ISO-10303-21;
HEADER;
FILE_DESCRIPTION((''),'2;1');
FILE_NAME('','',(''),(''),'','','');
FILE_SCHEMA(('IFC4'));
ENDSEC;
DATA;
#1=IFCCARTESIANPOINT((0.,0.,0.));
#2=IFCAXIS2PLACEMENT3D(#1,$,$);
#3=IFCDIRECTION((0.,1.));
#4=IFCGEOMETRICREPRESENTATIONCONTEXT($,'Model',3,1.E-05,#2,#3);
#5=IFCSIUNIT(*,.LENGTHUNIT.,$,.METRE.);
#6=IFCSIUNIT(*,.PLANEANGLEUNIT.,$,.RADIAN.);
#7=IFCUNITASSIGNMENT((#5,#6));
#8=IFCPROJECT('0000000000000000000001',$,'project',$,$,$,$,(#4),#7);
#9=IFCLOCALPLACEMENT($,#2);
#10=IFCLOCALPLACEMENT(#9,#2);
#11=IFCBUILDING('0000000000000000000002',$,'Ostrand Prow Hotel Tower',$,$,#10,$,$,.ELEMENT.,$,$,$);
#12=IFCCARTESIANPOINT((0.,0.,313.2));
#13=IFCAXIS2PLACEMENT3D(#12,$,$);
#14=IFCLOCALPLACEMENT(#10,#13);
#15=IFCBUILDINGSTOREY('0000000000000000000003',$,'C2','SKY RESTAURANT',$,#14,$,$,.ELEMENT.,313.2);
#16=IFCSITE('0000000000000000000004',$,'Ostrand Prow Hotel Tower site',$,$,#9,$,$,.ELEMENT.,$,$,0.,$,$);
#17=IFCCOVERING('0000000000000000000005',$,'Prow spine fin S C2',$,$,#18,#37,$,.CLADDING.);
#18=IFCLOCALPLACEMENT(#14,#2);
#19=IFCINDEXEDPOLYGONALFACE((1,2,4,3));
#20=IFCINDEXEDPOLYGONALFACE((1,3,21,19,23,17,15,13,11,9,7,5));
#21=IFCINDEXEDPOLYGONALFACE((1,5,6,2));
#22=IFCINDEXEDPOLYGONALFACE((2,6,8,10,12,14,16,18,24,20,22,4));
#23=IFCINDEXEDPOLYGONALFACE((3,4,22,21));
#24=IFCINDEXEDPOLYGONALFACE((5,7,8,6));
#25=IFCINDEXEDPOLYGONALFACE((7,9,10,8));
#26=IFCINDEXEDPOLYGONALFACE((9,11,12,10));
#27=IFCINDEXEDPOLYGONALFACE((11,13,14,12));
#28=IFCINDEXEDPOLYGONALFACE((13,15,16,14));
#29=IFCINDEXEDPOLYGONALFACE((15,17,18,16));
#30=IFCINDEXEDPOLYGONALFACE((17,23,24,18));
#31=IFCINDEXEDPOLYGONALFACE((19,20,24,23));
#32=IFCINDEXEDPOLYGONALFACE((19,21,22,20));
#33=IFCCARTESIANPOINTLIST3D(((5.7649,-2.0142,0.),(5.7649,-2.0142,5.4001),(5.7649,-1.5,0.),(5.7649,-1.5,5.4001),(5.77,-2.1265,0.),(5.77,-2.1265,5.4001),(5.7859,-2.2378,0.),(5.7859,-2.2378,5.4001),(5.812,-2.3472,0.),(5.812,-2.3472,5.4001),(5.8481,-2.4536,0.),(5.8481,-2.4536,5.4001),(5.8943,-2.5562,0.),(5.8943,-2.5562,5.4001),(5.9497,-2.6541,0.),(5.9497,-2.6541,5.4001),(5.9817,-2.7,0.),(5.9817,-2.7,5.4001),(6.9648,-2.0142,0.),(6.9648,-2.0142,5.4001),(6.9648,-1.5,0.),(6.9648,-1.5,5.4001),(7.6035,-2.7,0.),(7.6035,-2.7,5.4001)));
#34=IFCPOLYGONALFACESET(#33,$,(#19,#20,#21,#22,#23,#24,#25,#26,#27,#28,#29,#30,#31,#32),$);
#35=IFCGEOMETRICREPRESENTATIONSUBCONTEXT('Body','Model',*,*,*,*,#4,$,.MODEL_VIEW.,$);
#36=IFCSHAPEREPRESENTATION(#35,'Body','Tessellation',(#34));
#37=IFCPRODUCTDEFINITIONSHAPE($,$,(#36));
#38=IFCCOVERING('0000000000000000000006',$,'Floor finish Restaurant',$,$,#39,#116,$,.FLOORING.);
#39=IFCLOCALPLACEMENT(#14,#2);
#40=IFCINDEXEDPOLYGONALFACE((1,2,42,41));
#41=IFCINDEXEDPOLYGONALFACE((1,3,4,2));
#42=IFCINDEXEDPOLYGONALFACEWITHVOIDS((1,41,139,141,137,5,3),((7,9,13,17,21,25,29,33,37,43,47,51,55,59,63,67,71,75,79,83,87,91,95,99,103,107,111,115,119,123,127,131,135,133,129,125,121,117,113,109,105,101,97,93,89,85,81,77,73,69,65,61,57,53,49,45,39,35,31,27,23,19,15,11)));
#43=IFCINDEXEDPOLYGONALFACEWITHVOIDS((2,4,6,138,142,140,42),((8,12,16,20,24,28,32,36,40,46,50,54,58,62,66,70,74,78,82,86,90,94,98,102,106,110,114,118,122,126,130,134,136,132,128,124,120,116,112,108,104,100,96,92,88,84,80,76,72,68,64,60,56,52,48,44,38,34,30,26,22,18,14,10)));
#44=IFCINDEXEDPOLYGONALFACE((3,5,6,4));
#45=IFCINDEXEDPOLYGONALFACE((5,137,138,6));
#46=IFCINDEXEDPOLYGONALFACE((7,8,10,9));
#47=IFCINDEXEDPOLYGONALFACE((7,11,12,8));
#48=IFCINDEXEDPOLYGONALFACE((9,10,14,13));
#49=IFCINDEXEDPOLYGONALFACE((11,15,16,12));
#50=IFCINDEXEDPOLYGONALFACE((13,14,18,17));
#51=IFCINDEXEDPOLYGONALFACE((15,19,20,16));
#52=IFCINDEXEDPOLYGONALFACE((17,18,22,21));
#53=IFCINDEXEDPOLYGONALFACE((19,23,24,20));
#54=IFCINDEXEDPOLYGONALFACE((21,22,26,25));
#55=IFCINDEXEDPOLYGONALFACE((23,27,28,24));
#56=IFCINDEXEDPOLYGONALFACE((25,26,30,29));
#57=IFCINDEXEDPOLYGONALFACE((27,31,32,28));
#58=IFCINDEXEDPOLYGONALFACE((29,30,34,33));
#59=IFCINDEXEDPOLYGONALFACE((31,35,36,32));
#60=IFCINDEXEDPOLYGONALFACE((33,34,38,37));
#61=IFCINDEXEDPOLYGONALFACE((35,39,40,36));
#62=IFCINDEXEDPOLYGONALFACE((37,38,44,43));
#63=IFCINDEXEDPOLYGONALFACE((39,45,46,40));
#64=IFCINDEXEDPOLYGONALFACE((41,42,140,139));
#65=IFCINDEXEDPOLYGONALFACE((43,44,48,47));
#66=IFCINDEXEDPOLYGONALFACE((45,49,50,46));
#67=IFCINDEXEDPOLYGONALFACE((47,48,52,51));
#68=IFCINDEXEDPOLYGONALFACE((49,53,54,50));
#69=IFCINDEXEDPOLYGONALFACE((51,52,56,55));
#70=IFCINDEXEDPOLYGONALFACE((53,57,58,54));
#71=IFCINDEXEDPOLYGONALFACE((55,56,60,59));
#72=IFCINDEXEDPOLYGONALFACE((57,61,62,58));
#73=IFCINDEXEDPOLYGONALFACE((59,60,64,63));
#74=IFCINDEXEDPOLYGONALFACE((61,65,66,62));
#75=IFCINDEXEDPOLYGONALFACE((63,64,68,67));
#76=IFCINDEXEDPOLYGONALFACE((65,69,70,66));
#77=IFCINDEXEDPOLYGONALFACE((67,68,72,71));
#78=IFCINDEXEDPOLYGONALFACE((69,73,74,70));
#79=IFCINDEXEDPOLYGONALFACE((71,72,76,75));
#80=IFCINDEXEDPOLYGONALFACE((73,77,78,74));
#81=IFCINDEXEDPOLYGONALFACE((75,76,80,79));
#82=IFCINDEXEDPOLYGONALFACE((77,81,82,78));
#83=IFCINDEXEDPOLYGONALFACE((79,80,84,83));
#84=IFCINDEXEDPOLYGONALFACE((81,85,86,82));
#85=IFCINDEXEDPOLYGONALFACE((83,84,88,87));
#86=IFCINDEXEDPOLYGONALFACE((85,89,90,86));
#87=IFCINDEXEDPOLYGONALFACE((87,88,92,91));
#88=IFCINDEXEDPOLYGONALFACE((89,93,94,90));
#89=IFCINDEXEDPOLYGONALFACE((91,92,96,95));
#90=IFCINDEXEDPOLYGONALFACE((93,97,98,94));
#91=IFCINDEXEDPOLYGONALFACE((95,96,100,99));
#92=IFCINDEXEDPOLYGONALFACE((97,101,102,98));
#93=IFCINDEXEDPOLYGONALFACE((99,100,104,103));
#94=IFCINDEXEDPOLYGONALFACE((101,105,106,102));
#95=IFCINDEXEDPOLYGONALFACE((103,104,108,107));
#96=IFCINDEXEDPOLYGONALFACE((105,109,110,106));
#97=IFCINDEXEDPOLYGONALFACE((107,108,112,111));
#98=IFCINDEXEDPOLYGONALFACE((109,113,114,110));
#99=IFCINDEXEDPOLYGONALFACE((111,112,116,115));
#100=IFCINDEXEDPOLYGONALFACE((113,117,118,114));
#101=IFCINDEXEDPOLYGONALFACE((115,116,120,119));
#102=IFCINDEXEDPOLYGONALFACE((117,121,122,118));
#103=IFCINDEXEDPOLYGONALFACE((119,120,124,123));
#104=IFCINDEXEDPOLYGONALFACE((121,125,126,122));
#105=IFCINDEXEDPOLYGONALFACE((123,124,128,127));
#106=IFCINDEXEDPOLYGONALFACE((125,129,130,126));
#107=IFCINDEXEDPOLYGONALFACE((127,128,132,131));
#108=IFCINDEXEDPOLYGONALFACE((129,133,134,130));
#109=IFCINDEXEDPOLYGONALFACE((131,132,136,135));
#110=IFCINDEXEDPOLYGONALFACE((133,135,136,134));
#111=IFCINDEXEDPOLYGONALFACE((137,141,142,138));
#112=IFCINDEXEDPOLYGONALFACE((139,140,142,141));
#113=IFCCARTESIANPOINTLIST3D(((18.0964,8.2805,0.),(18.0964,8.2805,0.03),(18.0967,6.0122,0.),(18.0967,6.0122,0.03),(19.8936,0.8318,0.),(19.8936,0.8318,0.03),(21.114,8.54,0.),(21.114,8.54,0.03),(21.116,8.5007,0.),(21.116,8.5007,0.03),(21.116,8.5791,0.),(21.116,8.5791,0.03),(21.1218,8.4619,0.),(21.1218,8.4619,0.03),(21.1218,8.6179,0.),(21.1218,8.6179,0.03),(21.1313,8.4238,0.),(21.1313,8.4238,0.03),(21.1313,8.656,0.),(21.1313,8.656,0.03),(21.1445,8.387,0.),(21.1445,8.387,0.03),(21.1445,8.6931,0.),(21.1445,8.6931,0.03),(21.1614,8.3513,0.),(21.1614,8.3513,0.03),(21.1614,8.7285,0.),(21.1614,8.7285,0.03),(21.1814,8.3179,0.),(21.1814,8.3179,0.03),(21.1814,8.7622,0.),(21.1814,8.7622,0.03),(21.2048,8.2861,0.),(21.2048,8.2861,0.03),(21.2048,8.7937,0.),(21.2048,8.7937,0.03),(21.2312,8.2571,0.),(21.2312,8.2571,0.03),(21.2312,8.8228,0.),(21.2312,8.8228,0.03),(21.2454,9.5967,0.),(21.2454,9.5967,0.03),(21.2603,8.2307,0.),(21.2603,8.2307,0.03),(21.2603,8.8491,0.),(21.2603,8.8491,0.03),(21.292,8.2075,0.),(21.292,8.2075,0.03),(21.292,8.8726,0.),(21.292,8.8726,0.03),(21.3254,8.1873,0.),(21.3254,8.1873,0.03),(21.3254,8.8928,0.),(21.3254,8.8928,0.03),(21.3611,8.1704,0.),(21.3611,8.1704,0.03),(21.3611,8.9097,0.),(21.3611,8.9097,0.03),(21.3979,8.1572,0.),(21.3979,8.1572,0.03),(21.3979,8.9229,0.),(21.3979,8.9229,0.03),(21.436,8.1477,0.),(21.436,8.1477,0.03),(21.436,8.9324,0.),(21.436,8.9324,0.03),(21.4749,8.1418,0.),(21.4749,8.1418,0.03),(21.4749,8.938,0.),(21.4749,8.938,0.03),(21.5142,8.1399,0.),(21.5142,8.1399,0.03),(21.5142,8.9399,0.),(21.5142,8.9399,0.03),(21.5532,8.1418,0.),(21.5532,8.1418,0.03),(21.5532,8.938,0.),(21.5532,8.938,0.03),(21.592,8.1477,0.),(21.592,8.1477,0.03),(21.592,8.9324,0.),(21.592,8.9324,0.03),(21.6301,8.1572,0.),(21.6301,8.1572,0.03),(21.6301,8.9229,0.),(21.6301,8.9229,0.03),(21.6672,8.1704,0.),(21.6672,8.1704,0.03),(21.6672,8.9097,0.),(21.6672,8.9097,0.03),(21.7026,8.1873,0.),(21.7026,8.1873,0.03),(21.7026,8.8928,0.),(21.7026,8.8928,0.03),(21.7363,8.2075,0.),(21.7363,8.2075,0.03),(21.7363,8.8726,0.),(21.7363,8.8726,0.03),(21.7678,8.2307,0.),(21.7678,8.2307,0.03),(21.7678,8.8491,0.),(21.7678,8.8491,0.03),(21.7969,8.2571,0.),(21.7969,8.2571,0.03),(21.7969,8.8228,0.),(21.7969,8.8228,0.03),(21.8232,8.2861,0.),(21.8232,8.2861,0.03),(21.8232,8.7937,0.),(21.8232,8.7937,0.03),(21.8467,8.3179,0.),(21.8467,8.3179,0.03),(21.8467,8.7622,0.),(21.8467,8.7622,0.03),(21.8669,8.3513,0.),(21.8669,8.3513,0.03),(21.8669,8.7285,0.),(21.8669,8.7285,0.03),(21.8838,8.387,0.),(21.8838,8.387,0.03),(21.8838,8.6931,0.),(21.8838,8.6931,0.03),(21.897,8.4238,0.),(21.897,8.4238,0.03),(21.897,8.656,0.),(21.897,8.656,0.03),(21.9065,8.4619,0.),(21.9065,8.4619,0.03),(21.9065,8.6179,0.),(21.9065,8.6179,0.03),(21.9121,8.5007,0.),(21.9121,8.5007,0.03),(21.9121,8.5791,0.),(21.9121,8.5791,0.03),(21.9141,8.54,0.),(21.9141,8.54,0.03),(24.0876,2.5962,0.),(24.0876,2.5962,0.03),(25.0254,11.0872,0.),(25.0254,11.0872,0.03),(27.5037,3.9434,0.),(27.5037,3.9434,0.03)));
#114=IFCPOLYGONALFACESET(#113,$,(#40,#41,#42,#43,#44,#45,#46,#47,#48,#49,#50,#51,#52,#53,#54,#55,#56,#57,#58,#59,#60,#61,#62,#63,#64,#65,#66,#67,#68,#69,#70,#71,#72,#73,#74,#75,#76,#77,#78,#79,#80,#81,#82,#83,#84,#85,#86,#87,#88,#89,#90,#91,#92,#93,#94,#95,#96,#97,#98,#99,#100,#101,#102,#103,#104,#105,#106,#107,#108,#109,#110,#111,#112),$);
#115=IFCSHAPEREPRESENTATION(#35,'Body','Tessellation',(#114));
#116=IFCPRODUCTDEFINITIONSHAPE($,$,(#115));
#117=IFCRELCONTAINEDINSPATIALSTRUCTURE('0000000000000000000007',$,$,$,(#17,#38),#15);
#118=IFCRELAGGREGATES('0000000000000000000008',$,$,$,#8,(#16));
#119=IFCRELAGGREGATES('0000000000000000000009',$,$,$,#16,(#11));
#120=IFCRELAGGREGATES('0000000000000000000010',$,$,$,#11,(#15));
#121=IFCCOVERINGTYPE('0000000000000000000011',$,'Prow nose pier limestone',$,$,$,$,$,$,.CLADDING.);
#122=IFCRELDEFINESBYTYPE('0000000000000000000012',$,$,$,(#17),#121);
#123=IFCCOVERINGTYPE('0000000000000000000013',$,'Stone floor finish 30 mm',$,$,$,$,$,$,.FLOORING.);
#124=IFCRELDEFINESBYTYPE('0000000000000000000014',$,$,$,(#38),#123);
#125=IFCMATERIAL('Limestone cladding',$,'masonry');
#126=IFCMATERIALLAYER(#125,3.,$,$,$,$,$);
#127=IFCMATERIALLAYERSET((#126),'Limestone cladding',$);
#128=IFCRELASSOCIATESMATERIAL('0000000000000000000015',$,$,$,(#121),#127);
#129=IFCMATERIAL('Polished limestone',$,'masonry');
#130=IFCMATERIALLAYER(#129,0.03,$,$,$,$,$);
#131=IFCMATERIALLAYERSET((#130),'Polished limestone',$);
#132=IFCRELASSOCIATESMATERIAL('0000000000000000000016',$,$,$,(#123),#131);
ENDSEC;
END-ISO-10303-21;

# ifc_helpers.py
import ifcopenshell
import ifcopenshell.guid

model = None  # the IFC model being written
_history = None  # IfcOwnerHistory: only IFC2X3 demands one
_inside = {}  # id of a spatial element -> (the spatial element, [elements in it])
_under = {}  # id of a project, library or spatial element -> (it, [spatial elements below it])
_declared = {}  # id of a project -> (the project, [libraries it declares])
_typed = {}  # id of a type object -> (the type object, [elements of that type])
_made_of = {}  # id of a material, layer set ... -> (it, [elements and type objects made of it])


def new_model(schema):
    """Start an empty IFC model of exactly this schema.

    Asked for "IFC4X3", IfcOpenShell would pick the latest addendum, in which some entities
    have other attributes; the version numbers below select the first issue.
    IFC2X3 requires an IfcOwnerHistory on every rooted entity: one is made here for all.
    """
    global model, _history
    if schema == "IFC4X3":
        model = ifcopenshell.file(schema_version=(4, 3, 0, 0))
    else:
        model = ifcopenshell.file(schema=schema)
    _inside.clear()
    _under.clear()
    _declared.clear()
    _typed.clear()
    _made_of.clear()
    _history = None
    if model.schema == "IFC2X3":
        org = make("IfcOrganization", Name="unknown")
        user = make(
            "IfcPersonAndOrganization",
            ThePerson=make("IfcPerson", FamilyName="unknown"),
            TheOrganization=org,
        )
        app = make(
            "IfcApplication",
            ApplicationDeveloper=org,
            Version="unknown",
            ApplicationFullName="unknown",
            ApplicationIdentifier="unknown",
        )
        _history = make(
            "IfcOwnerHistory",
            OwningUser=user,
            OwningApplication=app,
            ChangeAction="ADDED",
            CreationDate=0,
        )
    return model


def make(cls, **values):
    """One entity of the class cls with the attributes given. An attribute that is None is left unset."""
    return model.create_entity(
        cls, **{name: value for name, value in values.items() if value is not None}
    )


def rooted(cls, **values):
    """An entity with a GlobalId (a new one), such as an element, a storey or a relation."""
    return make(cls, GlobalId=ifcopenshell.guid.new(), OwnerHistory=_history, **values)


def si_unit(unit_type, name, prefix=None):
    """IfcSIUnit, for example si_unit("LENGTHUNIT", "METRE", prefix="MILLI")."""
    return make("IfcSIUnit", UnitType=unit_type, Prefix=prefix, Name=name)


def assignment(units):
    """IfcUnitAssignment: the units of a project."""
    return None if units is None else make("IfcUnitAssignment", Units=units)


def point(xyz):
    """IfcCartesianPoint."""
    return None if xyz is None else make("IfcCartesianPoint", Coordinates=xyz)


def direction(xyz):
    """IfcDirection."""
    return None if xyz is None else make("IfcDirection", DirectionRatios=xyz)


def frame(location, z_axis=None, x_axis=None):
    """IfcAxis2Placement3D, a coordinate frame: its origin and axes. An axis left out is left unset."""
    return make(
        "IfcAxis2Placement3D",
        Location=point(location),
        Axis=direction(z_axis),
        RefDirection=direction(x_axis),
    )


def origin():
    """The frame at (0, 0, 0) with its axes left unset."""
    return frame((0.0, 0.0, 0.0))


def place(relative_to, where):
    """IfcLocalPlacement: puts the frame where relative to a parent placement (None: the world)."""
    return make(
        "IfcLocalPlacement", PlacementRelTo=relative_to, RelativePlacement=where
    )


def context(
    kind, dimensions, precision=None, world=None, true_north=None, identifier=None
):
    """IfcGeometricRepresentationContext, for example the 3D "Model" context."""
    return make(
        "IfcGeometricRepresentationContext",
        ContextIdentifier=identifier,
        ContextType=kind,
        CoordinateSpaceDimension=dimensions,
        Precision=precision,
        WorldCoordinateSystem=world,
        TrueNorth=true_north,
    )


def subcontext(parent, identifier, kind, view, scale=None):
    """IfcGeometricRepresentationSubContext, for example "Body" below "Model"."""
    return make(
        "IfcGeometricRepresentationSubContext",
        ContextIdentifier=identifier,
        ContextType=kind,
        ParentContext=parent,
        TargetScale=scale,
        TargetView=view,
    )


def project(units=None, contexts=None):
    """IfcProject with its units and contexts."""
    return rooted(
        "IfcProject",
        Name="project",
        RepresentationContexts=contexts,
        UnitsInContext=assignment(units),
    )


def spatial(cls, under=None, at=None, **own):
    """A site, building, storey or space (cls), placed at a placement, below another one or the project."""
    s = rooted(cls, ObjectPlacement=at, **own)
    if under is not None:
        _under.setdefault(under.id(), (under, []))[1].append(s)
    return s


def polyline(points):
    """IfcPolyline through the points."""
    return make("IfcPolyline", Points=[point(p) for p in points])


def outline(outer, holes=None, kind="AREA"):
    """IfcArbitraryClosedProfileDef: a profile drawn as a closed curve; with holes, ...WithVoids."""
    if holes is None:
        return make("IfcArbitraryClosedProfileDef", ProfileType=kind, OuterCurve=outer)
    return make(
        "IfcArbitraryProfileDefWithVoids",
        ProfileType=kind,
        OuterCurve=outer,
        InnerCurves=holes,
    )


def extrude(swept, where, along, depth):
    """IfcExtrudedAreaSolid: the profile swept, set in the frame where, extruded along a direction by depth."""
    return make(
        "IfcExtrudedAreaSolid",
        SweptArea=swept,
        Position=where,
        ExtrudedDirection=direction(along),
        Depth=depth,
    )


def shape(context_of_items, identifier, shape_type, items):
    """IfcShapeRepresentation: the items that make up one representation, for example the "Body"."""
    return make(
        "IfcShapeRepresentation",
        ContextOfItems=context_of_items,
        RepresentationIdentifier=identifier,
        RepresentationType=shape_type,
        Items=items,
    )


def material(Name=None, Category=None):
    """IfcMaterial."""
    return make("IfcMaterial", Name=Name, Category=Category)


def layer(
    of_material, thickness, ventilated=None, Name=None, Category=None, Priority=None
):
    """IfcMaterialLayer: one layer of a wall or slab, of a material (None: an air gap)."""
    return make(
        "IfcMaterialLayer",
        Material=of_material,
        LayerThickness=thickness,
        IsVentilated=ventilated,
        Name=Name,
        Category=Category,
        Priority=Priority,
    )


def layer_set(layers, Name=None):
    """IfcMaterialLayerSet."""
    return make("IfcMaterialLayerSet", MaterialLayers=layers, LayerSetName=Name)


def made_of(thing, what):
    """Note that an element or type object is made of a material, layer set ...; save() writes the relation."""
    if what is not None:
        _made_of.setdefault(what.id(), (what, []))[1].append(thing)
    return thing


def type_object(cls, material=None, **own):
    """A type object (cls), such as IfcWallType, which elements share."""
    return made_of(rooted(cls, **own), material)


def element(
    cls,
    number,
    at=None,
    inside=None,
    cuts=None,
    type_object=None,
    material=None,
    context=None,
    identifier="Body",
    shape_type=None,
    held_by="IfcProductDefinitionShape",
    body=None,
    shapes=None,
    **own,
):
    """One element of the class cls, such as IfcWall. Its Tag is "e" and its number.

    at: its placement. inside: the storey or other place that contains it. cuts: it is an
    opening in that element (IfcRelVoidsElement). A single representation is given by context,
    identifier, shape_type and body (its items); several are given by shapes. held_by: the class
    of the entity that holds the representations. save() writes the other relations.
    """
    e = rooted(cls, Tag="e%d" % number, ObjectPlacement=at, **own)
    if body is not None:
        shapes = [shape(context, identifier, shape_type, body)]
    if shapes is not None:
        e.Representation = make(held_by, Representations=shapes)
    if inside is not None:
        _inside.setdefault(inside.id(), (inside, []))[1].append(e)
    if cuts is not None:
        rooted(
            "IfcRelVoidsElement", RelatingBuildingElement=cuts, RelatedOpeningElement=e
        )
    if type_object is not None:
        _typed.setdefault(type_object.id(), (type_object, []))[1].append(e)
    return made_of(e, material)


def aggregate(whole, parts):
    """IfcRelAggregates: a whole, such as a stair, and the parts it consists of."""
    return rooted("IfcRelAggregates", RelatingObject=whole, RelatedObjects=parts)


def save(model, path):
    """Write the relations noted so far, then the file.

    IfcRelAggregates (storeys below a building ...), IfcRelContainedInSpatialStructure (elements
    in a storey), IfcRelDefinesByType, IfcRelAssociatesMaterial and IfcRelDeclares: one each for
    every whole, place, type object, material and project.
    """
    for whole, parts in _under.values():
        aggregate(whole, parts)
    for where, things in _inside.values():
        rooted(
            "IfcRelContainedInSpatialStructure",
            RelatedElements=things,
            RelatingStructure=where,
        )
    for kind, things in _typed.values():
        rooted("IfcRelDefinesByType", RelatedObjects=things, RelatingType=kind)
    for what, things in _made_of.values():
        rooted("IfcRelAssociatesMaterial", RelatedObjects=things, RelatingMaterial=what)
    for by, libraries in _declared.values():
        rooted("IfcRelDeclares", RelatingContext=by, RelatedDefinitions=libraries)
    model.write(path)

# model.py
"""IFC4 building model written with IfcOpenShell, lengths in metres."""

from ifc_helpers import new_model, si_unit, direction, frame, origin, place, context, subcontext, project, spatial, polyline, outline, extrude, material, layer, layer_set, type_object, element, save


model = new_model("IFC4")

# Units and contexts
model_context = context("Model", 3, precision=1e-05, world=origin(), true_north=direction((0.0, 1.0)))
body_context = subcontext(model_context, "Body", "Model", "MODEL_VIEW")
ifc_project = project(units=[si_unit("LENGTHUNIT", "METRE"), si_unit("PLANEANGLEUNIT", "RADIAN")], contexts=[model_context])

# Site, building, storey
site_placement = place(None, origin())
site = spatial("IfcSite", under=ifc_project, at=site_placement, Name="Ostrand Prow Hotel Tower site", CompositionType="ELEMENT", RefElevation=0.0)
building_placement = place(site_placement, origin())
building = spatial("IfcBuilding", under=site, at=building_placement, Name="Ostrand Prow Hotel Tower", CompositionType="ELEMENT")
storey_placement = place(building_placement, frame((0.0, 0.0, 313.2)))
storey = spatial("IfcBuildingStorey", under=building, at=storey_placement, Name="C2", Description="SKY RESTAURANT", CompositionType="ELEMENT", Elevation=313.2)

# Coverings
ifc_material_1 = material(Name="Limestone cladding", Category="masonry")
ifc_layer_1 = layer(ifc_material_1, 3.0)
ifc_layer_set_1 = layer_set([ifc_layer_1], Name="Limestone cladding")
covering_type_1 = type_object("IfcCoveringType", Name="Prow nose pier limestone", PredefinedType="CLADDING", material=ifc_layer_set_1)
covering_1_placement = place(storey_placement, origin())
element("IfcCovering", 1, at=covering_1_placement, inside=storey, type_object=covering_type_1, Name="Prow spine fin S C2", PredefinedType="CLADDING", context=body_context, shape_type="SweptSolid", body=[
    extrude(outline(polyline([(5.9497, -2.6541), (5.9817, -2.7), (7.6035, -2.7), (6.9648, -2.0142), (6.9648, -1.5), (5.7649, -1.5), (5.7649, -2.0142), (5.77, -2.1265), (5.7859, -2.2378), (5.812, -2.3472), (5.8481, -2.4536), (5.8943, -2.5562), (5.9497, -2.6541)])), origin(), (0.0, 0.0, 1.0), 5.4001),
])
ifc_material_2 = material(Name="Polished limestone", Category="masonry")
ifc_layer_2 = layer(ifc_material_2, 0.03)
ifc_layer_set_2 = layer_set([ifc_layer_2], Name="Polished limestone")
covering_type_2 = type_object("IfcCoveringType", Name="Stone floor finish 30 mm", PredefinedType="FLOORING", material=ifc_layer_set_2)
covering_2_placement = place(storey_placement, origin())
element("IfcCovering", 2, at=covering_2_placement, inside=storey, type_object=covering_type_2, Name="Floor finish Restaurant", PredefinedType="FLOORING", context=body_context, shape_type="SweptSolid", body=[
    extrude(outline(polyline([(18.0964, 8.2805), (18.0967, 6.0122), (19.8936, 0.8318), (24.0876, 2.5962), (27.5037, 3.9434), (25.0254, 11.0872), (21.2454, 9.5967), (18.0964, 8.2805)]), holes=[polyline([(21.8669, 8.3513), (21.8467, 8.3179), (21.8232, 8.2861), (21.7969, 8.2571), (21.7678, 8.2307), (21.7363, 8.2075), (21.7026, 8.1873), (21.6672, 8.1704), (21.6301, 8.1572), (21.592, 8.1477), (21.5532, 8.1418), (21.5142, 8.1399), (21.4749, 8.1418), (21.436, 8.1477), (21.3979, 8.1572), (21.3611, 8.1704), (21.3254, 8.1873), (21.292, 8.2075), (21.2603, 8.2307), (21.2312, 8.2571), (21.2048, 8.2861), (21.1814, 8.3179), (21.1614, 8.3513), (21.1445, 8.387), (21.1313, 8.4238), (21.1218, 8.4619), (21.116, 8.5007), (21.114, 8.54), (21.116, 8.5791), (21.1218, 8.6179), (21.1313, 8.656), (21.1445, 8.6931), (21.1614, 8.7285), (21.1814, 8.7622), (21.2048, 8.7937), (21.2312, 8.8228), (21.2603, 8.8491), (21.292, 8.8726), (21.3254, 8.8928), (21.3611, 8.9097), (21.3979, 8.9229), (21.436, 8.9324), (21.4749, 8.938), (21.5142, 8.9399), (21.5532, 8.938), (21.592, 8.9324), (21.6301, 8.9229), (21.6672, 8.9097), (21.7026, 8.8928), (21.7363, 8.8726), (21.7678, 8.8491), (21.7969, 8.8228), (21.8232, 8.7937), (21.8467, 8.7622), (21.8669, 8.7285), (21.8838, 8.6931), (21.897, 8.656), (21.9065, 8.6179), (21.9121, 8.5791), (21.9141, 8.54), (21.9121, 8.5007), (21.9065, 8.4619), (21.897, 8.4238), (21.8838, 8.387), (21.8669, 8.3513)])]), origin(), (0.0, 0.0, 1.0), 0.03),
])

save(model, "model.ifc")
